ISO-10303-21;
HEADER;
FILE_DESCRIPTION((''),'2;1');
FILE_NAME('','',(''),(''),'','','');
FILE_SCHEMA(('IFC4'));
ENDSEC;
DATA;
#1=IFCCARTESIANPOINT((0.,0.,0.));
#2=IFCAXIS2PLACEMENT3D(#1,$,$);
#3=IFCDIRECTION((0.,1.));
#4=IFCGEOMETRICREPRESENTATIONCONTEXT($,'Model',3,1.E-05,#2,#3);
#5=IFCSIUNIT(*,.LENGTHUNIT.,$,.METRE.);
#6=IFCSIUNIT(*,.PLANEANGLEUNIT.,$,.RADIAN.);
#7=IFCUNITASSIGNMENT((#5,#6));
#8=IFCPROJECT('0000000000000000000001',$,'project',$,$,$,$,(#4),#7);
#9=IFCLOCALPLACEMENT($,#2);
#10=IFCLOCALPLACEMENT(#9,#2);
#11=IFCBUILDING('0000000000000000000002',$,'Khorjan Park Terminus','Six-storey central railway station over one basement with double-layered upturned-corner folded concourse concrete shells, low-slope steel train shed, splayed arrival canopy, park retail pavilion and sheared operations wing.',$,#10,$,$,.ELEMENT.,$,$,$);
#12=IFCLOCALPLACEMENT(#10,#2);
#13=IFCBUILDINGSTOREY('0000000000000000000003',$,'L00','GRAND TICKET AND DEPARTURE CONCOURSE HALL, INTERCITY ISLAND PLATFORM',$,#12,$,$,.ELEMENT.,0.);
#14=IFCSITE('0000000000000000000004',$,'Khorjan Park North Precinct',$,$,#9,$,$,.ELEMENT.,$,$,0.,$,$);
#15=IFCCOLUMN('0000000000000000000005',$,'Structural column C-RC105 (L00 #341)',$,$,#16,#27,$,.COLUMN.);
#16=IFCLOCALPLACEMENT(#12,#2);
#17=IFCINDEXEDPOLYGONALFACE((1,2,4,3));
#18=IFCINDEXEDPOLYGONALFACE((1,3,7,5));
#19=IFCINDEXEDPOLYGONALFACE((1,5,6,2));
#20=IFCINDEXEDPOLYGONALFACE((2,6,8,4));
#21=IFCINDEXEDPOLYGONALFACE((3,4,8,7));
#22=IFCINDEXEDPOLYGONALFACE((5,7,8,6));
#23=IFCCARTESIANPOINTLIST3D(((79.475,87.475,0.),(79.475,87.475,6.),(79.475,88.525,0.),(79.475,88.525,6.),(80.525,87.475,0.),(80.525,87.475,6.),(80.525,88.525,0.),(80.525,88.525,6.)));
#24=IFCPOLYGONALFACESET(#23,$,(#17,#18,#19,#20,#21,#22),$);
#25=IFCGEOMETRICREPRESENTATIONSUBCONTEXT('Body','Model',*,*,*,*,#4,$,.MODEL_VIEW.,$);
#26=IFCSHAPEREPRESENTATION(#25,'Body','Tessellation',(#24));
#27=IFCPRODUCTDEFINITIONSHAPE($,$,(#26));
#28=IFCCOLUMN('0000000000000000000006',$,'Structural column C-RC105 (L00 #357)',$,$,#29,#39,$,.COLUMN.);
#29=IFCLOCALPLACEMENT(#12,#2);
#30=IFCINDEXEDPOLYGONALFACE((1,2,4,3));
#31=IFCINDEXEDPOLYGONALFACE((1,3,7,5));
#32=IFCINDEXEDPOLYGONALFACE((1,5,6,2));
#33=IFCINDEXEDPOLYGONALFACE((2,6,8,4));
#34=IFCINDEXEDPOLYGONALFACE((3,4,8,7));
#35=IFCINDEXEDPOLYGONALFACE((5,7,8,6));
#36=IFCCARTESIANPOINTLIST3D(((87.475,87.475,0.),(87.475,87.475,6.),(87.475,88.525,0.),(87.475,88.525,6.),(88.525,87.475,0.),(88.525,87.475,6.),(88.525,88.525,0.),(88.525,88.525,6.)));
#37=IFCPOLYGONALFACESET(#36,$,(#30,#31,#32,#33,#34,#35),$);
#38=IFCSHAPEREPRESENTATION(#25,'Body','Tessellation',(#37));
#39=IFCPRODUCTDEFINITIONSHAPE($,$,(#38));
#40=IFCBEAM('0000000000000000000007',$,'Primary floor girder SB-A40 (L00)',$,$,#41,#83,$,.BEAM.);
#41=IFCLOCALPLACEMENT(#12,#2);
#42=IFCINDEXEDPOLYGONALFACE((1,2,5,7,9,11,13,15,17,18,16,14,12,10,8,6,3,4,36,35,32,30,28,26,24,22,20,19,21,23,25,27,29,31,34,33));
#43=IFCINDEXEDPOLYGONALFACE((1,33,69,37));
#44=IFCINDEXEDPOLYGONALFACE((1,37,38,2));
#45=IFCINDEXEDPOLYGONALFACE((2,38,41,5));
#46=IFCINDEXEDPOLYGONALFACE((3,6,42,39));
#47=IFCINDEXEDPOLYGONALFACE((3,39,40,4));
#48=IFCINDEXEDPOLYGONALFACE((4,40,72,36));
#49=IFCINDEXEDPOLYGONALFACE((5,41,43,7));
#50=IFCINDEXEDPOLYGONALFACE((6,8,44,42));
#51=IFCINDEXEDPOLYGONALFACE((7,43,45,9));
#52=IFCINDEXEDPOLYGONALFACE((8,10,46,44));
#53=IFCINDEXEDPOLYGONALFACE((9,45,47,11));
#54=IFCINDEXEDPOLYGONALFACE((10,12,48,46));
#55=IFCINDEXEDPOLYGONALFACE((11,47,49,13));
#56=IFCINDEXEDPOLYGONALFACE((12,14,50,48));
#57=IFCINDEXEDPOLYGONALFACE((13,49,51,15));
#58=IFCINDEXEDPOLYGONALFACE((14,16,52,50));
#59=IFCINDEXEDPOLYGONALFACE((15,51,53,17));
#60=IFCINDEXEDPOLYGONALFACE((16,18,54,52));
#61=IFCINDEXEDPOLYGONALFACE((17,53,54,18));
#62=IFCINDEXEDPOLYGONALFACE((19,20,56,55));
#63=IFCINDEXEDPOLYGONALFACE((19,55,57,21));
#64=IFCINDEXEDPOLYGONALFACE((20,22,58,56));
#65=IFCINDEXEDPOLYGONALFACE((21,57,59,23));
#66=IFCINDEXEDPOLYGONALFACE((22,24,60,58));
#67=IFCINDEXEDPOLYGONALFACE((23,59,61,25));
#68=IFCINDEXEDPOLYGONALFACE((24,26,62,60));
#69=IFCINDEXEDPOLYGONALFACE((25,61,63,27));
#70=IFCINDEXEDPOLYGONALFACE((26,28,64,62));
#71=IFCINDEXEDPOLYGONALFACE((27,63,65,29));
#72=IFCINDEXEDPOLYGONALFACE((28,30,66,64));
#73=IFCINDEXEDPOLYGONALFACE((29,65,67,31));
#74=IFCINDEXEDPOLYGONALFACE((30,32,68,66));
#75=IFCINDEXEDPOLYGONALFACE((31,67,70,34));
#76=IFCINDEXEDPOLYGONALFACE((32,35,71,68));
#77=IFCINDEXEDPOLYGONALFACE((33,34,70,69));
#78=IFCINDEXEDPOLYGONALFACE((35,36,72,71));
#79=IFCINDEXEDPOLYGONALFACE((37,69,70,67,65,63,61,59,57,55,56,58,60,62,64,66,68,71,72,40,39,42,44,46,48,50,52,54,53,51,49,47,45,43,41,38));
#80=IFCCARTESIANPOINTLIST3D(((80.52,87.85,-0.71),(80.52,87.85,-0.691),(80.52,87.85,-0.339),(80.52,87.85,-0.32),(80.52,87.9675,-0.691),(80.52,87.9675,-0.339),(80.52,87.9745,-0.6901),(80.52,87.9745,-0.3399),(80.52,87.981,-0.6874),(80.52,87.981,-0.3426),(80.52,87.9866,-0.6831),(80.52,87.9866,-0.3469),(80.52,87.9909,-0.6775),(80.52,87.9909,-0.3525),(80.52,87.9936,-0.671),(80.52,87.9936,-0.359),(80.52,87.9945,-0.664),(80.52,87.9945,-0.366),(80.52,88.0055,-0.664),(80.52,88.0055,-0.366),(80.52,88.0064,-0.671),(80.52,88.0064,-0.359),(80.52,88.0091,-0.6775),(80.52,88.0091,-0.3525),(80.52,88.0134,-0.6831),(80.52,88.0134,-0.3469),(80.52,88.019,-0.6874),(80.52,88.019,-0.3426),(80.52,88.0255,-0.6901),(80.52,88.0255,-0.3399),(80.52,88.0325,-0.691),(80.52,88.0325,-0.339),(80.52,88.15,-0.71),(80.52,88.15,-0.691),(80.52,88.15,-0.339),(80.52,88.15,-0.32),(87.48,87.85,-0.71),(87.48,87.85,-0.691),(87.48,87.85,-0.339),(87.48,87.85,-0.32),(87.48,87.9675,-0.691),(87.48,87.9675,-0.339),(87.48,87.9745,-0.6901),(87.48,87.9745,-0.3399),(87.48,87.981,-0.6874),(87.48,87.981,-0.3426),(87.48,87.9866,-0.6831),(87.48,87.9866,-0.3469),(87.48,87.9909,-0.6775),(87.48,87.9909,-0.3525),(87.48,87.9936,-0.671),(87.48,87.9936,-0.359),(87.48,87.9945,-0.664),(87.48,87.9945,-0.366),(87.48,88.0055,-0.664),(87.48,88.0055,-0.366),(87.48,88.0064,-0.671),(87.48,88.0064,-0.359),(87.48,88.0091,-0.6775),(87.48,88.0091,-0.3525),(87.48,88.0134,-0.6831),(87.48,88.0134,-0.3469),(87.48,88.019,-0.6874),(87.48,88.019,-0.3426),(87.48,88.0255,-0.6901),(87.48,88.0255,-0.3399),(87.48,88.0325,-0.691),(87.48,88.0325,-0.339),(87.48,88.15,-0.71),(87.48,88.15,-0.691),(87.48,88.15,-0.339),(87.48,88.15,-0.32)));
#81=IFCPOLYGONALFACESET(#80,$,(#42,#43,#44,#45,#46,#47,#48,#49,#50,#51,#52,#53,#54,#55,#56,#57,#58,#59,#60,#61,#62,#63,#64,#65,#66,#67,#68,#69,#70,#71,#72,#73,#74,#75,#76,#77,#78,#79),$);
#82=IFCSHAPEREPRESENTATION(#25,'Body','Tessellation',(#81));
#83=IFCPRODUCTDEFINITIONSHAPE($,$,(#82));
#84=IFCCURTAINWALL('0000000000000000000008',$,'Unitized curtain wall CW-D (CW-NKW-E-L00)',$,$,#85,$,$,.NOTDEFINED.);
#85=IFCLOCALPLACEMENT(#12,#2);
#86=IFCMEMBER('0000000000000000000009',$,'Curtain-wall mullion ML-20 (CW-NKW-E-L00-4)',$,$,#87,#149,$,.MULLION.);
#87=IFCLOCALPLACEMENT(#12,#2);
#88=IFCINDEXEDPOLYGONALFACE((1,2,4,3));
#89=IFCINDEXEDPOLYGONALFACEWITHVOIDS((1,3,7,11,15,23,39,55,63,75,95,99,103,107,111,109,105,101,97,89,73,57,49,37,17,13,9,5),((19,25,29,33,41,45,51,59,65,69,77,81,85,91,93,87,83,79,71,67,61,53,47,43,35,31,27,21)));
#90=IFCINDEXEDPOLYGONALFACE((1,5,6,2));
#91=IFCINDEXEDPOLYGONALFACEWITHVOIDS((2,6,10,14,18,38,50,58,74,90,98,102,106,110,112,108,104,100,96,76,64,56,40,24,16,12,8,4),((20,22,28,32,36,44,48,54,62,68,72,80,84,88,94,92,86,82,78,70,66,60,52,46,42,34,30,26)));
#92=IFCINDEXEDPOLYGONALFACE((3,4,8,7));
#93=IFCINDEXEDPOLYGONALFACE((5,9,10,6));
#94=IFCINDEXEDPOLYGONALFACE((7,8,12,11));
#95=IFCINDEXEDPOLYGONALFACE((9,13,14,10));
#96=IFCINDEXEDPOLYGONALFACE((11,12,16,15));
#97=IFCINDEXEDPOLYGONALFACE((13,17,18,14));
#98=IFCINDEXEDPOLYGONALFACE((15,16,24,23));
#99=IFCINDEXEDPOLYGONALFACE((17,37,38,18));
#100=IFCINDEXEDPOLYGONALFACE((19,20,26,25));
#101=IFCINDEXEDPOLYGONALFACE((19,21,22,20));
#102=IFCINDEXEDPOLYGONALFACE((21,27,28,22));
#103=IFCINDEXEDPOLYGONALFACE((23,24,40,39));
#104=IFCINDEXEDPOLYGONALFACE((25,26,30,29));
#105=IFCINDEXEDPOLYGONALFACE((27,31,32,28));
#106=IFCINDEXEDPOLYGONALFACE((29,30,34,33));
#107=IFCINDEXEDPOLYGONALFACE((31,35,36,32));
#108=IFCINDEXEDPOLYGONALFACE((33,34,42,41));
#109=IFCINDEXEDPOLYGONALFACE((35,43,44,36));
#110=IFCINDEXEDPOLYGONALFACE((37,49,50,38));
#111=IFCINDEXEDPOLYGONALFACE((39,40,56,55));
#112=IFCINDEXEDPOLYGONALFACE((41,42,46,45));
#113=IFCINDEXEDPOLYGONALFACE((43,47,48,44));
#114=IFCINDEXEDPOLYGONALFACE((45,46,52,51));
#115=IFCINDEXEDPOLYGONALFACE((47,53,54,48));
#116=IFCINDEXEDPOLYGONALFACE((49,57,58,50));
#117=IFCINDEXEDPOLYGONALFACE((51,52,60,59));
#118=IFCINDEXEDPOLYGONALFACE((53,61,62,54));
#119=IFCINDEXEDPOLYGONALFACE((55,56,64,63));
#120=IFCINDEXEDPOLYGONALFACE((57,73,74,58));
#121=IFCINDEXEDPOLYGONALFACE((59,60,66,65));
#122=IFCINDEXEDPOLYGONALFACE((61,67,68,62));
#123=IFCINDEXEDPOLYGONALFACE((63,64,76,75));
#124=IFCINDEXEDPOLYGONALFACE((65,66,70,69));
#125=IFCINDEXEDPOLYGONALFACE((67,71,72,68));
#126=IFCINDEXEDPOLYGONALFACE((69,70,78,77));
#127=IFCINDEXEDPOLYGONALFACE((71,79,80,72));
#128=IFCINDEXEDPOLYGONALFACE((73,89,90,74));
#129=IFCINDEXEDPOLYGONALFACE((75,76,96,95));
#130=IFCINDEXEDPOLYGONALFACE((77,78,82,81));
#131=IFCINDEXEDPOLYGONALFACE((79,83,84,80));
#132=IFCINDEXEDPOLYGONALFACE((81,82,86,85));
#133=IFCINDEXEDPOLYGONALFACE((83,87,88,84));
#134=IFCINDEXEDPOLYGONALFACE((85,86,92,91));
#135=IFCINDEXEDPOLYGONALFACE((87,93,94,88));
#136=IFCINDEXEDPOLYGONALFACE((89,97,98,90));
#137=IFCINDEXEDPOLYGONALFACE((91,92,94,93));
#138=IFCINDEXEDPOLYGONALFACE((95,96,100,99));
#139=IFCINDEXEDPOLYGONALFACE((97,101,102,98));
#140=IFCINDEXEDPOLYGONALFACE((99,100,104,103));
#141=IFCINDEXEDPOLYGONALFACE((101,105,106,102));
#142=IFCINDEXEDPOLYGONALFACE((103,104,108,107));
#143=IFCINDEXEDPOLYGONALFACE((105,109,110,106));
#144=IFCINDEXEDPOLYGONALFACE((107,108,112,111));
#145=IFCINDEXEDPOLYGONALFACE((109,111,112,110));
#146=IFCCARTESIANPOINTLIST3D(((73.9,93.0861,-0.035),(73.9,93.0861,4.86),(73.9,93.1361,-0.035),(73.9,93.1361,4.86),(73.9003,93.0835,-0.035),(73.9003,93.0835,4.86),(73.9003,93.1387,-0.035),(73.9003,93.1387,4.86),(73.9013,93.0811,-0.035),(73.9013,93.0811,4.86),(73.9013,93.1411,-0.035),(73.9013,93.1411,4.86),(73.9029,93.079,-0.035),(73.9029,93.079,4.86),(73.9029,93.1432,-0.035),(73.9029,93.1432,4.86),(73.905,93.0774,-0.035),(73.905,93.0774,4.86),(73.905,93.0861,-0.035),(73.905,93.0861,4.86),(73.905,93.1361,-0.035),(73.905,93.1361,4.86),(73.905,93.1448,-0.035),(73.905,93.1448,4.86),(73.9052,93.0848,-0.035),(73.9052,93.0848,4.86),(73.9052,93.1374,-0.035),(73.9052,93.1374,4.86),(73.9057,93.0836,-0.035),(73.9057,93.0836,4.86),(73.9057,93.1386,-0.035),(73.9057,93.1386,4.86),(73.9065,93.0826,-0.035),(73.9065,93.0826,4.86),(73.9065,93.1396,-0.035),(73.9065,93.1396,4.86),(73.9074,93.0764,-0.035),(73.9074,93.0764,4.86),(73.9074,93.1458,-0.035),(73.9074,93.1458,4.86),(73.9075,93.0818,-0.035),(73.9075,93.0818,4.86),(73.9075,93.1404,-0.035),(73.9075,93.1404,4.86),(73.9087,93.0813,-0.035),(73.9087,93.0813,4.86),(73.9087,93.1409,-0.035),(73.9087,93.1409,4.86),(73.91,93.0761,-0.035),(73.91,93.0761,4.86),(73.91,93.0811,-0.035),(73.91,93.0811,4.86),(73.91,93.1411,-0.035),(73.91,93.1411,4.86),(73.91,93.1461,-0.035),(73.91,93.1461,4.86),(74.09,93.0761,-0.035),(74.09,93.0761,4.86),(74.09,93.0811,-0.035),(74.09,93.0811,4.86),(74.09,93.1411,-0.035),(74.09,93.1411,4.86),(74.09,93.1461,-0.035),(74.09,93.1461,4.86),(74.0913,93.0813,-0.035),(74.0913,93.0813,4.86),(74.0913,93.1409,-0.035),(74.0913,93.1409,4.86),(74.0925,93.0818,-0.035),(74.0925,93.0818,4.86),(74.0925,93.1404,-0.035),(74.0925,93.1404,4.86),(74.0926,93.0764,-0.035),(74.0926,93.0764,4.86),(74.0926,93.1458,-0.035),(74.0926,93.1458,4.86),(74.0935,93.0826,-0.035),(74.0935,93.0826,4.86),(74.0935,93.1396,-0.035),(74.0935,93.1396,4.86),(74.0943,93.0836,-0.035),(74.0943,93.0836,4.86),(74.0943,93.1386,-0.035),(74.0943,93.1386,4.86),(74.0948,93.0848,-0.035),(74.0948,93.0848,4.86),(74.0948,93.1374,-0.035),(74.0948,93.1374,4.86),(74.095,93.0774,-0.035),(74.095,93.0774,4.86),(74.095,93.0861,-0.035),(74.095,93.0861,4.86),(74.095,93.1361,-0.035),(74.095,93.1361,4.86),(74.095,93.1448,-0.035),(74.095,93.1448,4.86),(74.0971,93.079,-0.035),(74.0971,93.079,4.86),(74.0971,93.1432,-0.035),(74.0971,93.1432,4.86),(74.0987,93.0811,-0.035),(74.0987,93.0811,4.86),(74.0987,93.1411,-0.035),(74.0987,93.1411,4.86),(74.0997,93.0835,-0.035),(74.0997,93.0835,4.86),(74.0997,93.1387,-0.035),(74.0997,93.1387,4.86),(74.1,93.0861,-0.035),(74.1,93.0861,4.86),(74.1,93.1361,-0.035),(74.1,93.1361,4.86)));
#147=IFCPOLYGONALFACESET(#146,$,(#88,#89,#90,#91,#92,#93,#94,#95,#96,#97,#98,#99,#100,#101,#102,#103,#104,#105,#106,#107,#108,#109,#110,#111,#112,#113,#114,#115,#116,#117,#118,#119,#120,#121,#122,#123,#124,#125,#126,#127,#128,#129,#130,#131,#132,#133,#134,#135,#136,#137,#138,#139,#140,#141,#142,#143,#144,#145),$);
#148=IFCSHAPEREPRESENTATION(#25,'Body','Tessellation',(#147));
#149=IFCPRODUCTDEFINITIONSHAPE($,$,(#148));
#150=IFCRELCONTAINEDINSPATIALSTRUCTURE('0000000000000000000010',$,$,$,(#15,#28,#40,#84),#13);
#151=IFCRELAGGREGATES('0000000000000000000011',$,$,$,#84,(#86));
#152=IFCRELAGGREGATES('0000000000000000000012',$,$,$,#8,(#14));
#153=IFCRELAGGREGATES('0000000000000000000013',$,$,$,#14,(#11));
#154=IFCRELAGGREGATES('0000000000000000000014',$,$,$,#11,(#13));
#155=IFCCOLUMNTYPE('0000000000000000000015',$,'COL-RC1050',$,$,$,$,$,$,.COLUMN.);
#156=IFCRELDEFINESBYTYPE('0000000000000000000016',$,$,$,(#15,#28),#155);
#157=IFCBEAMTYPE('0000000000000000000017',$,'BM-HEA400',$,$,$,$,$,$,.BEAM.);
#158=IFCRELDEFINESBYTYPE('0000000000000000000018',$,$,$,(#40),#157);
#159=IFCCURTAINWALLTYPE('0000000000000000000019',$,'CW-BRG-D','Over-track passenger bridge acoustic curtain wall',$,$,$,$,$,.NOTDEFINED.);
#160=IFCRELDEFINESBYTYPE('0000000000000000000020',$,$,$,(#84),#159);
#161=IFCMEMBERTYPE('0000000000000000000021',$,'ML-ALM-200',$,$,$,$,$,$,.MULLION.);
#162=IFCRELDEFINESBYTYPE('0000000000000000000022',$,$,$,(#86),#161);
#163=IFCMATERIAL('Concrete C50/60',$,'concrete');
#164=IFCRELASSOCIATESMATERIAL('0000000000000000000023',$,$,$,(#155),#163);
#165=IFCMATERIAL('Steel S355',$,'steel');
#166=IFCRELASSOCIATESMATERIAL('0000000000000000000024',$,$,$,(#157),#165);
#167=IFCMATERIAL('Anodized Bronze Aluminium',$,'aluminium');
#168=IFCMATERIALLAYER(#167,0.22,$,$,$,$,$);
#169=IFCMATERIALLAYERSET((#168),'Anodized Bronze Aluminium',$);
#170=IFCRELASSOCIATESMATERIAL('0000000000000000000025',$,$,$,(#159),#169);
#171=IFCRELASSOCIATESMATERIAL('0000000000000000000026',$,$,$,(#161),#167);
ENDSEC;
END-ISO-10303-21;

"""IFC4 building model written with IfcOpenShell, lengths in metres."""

from ifc_helpers import new_model, si_unit, direction, frame, origin, origin_2d, place, context, subcontext, project, spatial, rectangle, hollow_rectangle, i_section, extrude, material, layer, layer_set, material_profile, profile_set, type_object, element, aggregate, save


model = new_model("IFC4")

# Units and contexts
model_context = context("Model", 3, precision=1e-05, world=origin(), true_north=direction((0.0, 1.0)))
body_context = subcontext(model_context, "Body", "Model", "MODEL_VIEW")
ifc_project = project(units=[si_unit("LENGTHUNIT", "METRE"), si_unit("PLANEANGLEUNIT", "RADIAN")], contexts=[model_context])

# Site, building, storey
site_placement = place(None, origin())
site = spatial("IfcSite", under=ifc_project, at=site_placement, Name="Khorjan Park North Precinct", CompositionType="ELEMENT", RefElevation=0.0)
building_placement = place(site_placement, origin())
building = spatial("IfcBuilding", under=site, at=building_placement, Name="Khorjan Park Terminus", Description="Six-storey central railway station over one basement with double-layered upturned-corner folded concourse concrete shells, low-slope steel train shed, splayed arrival canopy, park retail pavilion and sheared operations wing.", CompositionType="ELEMENT")
storey_placement = place(building_placement, origin())
storey = spatial("IfcBuildingStorey", under=building, at=storey_placement, Name="L00", Description="GRAND TICKET AND DEPARTURE CONCOURSE HALL, INTERCITY ISLAND PLATFORM", CompositionType="ELEMENT", Elevation=0.0)

# Columns
ifc_material_1 = material(Name="Concrete C50/60", Category="concrete")
ifc_material_profile_1 = material_profile(ifc_material_1, rectangle(XDim=1.05, YDim=1.05, at=origin_2d()), Name="RC 1050x1050")
ifc_profile_set_1 = profile_set([ifc_material_profile_1], Name="Concrete C50/60")
column_type = type_object("IfcColumnType", Name="COL-RC1050", PredefinedType="COLUMN", material=ifc_profile_set_1)
for number, where, z_axis, x_axis, name in (
    (1, (80.0, 88.0, 0.0), (0.0, 0.0, 1.0), (1.0, 0.0, 0.0), "Structural column C-RC105 (L00 #341)"),
    (2, (88.0, 88.0, 0.0), (0.0, 0.0, 1.0), (1.0, 0.0, 0.0), "Structural column C-RC105 (L00 #357)"),
):
    element("IfcColumn", number, at=place(storey_placement, frame(where, z_axis=z_axis, x_axis=x_axis)), inside=storey, type_object=column_type, Name=name, PredefinedType="COLUMN", context=body_context, shape_type="SweptSolid", body=[
        extrude(rectangle(XDim=1.05, YDim=1.05, at=origin_2d()), origin(), (0.0, 0.0, 1.0), 6.0),
    ])

# Beam
ifc_material_2 = material(Name="Steel S355", Category="steel")
ifc_material_profile_2 = material_profile(ifc_material_2, i_section(OverallWidth=0.3, OverallDepth=0.39, WebThickness=0.011, FlangeThickness=0.019, FilletRadius=0.027, at=origin_2d()), Name="HEA 400")
ifc_profile_set_2 = profile_set([ifc_material_profile_2], Name="Steel S355")
beam_type = type_object("IfcBeamType", Name="BM-HEA400", PredefinedType="BEAM", material=ifc_profile_set_2)
beam_placement = place(storey_placement, frame((80.52, 88.0, -0.515), z_axis=(1.0, 0.0, 0.0), x_axis=(0.0, 1.0, 0.0)))
element("IfcBeam", 3, at=beam_placement, inside=storey, type_object=beam_type, Name="Primary floor girder SB-A40 (L00)", PredefinedType="BEAM", context=body_context, shape_type="SweptSolid", body=[
    extrude(i_section(OverallWidth=0.3, OverallDepth=0.39, WebThickness=0.011, FlangeThickness=0.019, FilletRadius=0.027, at=origin_2d()), origin(), (0.0, 0.0, 1.0), 6.96),
])

# Curtain wall, member
ifc_material_3 = material(Name="Anodized Bronze Aluminium", Category="aluminium")
ifc_layer_1 = layer(ifc_material_3, 0.22)
ifc_layer_set_1 = layer_set([ifc_layer_1], Name="Anodized Bronze Aluminium")
curtain_wall_type = type_object("IfcCurtainWallType", Name="CW-BRG-D", Description="Over-track passenger bridge acoustic curtain wall", PredefinedType="NOTDEFINED", material=ifc_layer_set_1)
curtain_wall_placement = place(storey_placement, origin())
curtain_wall = element("IfcCurtainWall", 4, at=curtain_wall_placement, inside=storey, type_object=curtain_wall_type, Name="Unitized curtain wall CW-D (CW-NKW-E-L00)", PredefinedType="NOTDEFINED")
ifc_material_profile_3 = material_profile(ifc_material_3, hollow_rectangle(XDim=0.07, YDim=0.2, WallThickness=0.005, InnerFilletRadius=0.005, OuterFilletRadius=0.01, at=origin_2d()), Name="ALM 70x200x5")
ifc_profile_set_3 = profile_set([ifc_material_profile_3], Name="Anodized Bronze Aluminium")
member_type_1 = type_object("IfcMemberType", Name="ML-ALM-200", PredefinedType="MULLION", material=ifc_profile_set_3)
member_1_placement = place(storey_placement, frame((74.0, 93.1111, -0.035), z_axis=(0.0, 0.0, 1.0), x_axis=(0.0, 1.0, 0.0)))
member_1 = element("IfcMember", 5, at=member_1_placement, type_object=member_type_1, Name="Curtain-wall mullion ML-20 (CW-NKW-E-L00-4)", PredefinedType="MULLION", context=body_context, shape_type="SweptSolid", body=[
    extrude(hollow_rectangle(XDim=0.07, YDim=0.2, WallThickness=0.005, InnerFilletRadius=0.005, OuterFilletRadius=0.01, at=origin_2d()), origin(), (0.0, 0.0, 1.0), 4.895),
])
aggregate(curtain_wall, [member_1])

save(model, "model.ifc")
